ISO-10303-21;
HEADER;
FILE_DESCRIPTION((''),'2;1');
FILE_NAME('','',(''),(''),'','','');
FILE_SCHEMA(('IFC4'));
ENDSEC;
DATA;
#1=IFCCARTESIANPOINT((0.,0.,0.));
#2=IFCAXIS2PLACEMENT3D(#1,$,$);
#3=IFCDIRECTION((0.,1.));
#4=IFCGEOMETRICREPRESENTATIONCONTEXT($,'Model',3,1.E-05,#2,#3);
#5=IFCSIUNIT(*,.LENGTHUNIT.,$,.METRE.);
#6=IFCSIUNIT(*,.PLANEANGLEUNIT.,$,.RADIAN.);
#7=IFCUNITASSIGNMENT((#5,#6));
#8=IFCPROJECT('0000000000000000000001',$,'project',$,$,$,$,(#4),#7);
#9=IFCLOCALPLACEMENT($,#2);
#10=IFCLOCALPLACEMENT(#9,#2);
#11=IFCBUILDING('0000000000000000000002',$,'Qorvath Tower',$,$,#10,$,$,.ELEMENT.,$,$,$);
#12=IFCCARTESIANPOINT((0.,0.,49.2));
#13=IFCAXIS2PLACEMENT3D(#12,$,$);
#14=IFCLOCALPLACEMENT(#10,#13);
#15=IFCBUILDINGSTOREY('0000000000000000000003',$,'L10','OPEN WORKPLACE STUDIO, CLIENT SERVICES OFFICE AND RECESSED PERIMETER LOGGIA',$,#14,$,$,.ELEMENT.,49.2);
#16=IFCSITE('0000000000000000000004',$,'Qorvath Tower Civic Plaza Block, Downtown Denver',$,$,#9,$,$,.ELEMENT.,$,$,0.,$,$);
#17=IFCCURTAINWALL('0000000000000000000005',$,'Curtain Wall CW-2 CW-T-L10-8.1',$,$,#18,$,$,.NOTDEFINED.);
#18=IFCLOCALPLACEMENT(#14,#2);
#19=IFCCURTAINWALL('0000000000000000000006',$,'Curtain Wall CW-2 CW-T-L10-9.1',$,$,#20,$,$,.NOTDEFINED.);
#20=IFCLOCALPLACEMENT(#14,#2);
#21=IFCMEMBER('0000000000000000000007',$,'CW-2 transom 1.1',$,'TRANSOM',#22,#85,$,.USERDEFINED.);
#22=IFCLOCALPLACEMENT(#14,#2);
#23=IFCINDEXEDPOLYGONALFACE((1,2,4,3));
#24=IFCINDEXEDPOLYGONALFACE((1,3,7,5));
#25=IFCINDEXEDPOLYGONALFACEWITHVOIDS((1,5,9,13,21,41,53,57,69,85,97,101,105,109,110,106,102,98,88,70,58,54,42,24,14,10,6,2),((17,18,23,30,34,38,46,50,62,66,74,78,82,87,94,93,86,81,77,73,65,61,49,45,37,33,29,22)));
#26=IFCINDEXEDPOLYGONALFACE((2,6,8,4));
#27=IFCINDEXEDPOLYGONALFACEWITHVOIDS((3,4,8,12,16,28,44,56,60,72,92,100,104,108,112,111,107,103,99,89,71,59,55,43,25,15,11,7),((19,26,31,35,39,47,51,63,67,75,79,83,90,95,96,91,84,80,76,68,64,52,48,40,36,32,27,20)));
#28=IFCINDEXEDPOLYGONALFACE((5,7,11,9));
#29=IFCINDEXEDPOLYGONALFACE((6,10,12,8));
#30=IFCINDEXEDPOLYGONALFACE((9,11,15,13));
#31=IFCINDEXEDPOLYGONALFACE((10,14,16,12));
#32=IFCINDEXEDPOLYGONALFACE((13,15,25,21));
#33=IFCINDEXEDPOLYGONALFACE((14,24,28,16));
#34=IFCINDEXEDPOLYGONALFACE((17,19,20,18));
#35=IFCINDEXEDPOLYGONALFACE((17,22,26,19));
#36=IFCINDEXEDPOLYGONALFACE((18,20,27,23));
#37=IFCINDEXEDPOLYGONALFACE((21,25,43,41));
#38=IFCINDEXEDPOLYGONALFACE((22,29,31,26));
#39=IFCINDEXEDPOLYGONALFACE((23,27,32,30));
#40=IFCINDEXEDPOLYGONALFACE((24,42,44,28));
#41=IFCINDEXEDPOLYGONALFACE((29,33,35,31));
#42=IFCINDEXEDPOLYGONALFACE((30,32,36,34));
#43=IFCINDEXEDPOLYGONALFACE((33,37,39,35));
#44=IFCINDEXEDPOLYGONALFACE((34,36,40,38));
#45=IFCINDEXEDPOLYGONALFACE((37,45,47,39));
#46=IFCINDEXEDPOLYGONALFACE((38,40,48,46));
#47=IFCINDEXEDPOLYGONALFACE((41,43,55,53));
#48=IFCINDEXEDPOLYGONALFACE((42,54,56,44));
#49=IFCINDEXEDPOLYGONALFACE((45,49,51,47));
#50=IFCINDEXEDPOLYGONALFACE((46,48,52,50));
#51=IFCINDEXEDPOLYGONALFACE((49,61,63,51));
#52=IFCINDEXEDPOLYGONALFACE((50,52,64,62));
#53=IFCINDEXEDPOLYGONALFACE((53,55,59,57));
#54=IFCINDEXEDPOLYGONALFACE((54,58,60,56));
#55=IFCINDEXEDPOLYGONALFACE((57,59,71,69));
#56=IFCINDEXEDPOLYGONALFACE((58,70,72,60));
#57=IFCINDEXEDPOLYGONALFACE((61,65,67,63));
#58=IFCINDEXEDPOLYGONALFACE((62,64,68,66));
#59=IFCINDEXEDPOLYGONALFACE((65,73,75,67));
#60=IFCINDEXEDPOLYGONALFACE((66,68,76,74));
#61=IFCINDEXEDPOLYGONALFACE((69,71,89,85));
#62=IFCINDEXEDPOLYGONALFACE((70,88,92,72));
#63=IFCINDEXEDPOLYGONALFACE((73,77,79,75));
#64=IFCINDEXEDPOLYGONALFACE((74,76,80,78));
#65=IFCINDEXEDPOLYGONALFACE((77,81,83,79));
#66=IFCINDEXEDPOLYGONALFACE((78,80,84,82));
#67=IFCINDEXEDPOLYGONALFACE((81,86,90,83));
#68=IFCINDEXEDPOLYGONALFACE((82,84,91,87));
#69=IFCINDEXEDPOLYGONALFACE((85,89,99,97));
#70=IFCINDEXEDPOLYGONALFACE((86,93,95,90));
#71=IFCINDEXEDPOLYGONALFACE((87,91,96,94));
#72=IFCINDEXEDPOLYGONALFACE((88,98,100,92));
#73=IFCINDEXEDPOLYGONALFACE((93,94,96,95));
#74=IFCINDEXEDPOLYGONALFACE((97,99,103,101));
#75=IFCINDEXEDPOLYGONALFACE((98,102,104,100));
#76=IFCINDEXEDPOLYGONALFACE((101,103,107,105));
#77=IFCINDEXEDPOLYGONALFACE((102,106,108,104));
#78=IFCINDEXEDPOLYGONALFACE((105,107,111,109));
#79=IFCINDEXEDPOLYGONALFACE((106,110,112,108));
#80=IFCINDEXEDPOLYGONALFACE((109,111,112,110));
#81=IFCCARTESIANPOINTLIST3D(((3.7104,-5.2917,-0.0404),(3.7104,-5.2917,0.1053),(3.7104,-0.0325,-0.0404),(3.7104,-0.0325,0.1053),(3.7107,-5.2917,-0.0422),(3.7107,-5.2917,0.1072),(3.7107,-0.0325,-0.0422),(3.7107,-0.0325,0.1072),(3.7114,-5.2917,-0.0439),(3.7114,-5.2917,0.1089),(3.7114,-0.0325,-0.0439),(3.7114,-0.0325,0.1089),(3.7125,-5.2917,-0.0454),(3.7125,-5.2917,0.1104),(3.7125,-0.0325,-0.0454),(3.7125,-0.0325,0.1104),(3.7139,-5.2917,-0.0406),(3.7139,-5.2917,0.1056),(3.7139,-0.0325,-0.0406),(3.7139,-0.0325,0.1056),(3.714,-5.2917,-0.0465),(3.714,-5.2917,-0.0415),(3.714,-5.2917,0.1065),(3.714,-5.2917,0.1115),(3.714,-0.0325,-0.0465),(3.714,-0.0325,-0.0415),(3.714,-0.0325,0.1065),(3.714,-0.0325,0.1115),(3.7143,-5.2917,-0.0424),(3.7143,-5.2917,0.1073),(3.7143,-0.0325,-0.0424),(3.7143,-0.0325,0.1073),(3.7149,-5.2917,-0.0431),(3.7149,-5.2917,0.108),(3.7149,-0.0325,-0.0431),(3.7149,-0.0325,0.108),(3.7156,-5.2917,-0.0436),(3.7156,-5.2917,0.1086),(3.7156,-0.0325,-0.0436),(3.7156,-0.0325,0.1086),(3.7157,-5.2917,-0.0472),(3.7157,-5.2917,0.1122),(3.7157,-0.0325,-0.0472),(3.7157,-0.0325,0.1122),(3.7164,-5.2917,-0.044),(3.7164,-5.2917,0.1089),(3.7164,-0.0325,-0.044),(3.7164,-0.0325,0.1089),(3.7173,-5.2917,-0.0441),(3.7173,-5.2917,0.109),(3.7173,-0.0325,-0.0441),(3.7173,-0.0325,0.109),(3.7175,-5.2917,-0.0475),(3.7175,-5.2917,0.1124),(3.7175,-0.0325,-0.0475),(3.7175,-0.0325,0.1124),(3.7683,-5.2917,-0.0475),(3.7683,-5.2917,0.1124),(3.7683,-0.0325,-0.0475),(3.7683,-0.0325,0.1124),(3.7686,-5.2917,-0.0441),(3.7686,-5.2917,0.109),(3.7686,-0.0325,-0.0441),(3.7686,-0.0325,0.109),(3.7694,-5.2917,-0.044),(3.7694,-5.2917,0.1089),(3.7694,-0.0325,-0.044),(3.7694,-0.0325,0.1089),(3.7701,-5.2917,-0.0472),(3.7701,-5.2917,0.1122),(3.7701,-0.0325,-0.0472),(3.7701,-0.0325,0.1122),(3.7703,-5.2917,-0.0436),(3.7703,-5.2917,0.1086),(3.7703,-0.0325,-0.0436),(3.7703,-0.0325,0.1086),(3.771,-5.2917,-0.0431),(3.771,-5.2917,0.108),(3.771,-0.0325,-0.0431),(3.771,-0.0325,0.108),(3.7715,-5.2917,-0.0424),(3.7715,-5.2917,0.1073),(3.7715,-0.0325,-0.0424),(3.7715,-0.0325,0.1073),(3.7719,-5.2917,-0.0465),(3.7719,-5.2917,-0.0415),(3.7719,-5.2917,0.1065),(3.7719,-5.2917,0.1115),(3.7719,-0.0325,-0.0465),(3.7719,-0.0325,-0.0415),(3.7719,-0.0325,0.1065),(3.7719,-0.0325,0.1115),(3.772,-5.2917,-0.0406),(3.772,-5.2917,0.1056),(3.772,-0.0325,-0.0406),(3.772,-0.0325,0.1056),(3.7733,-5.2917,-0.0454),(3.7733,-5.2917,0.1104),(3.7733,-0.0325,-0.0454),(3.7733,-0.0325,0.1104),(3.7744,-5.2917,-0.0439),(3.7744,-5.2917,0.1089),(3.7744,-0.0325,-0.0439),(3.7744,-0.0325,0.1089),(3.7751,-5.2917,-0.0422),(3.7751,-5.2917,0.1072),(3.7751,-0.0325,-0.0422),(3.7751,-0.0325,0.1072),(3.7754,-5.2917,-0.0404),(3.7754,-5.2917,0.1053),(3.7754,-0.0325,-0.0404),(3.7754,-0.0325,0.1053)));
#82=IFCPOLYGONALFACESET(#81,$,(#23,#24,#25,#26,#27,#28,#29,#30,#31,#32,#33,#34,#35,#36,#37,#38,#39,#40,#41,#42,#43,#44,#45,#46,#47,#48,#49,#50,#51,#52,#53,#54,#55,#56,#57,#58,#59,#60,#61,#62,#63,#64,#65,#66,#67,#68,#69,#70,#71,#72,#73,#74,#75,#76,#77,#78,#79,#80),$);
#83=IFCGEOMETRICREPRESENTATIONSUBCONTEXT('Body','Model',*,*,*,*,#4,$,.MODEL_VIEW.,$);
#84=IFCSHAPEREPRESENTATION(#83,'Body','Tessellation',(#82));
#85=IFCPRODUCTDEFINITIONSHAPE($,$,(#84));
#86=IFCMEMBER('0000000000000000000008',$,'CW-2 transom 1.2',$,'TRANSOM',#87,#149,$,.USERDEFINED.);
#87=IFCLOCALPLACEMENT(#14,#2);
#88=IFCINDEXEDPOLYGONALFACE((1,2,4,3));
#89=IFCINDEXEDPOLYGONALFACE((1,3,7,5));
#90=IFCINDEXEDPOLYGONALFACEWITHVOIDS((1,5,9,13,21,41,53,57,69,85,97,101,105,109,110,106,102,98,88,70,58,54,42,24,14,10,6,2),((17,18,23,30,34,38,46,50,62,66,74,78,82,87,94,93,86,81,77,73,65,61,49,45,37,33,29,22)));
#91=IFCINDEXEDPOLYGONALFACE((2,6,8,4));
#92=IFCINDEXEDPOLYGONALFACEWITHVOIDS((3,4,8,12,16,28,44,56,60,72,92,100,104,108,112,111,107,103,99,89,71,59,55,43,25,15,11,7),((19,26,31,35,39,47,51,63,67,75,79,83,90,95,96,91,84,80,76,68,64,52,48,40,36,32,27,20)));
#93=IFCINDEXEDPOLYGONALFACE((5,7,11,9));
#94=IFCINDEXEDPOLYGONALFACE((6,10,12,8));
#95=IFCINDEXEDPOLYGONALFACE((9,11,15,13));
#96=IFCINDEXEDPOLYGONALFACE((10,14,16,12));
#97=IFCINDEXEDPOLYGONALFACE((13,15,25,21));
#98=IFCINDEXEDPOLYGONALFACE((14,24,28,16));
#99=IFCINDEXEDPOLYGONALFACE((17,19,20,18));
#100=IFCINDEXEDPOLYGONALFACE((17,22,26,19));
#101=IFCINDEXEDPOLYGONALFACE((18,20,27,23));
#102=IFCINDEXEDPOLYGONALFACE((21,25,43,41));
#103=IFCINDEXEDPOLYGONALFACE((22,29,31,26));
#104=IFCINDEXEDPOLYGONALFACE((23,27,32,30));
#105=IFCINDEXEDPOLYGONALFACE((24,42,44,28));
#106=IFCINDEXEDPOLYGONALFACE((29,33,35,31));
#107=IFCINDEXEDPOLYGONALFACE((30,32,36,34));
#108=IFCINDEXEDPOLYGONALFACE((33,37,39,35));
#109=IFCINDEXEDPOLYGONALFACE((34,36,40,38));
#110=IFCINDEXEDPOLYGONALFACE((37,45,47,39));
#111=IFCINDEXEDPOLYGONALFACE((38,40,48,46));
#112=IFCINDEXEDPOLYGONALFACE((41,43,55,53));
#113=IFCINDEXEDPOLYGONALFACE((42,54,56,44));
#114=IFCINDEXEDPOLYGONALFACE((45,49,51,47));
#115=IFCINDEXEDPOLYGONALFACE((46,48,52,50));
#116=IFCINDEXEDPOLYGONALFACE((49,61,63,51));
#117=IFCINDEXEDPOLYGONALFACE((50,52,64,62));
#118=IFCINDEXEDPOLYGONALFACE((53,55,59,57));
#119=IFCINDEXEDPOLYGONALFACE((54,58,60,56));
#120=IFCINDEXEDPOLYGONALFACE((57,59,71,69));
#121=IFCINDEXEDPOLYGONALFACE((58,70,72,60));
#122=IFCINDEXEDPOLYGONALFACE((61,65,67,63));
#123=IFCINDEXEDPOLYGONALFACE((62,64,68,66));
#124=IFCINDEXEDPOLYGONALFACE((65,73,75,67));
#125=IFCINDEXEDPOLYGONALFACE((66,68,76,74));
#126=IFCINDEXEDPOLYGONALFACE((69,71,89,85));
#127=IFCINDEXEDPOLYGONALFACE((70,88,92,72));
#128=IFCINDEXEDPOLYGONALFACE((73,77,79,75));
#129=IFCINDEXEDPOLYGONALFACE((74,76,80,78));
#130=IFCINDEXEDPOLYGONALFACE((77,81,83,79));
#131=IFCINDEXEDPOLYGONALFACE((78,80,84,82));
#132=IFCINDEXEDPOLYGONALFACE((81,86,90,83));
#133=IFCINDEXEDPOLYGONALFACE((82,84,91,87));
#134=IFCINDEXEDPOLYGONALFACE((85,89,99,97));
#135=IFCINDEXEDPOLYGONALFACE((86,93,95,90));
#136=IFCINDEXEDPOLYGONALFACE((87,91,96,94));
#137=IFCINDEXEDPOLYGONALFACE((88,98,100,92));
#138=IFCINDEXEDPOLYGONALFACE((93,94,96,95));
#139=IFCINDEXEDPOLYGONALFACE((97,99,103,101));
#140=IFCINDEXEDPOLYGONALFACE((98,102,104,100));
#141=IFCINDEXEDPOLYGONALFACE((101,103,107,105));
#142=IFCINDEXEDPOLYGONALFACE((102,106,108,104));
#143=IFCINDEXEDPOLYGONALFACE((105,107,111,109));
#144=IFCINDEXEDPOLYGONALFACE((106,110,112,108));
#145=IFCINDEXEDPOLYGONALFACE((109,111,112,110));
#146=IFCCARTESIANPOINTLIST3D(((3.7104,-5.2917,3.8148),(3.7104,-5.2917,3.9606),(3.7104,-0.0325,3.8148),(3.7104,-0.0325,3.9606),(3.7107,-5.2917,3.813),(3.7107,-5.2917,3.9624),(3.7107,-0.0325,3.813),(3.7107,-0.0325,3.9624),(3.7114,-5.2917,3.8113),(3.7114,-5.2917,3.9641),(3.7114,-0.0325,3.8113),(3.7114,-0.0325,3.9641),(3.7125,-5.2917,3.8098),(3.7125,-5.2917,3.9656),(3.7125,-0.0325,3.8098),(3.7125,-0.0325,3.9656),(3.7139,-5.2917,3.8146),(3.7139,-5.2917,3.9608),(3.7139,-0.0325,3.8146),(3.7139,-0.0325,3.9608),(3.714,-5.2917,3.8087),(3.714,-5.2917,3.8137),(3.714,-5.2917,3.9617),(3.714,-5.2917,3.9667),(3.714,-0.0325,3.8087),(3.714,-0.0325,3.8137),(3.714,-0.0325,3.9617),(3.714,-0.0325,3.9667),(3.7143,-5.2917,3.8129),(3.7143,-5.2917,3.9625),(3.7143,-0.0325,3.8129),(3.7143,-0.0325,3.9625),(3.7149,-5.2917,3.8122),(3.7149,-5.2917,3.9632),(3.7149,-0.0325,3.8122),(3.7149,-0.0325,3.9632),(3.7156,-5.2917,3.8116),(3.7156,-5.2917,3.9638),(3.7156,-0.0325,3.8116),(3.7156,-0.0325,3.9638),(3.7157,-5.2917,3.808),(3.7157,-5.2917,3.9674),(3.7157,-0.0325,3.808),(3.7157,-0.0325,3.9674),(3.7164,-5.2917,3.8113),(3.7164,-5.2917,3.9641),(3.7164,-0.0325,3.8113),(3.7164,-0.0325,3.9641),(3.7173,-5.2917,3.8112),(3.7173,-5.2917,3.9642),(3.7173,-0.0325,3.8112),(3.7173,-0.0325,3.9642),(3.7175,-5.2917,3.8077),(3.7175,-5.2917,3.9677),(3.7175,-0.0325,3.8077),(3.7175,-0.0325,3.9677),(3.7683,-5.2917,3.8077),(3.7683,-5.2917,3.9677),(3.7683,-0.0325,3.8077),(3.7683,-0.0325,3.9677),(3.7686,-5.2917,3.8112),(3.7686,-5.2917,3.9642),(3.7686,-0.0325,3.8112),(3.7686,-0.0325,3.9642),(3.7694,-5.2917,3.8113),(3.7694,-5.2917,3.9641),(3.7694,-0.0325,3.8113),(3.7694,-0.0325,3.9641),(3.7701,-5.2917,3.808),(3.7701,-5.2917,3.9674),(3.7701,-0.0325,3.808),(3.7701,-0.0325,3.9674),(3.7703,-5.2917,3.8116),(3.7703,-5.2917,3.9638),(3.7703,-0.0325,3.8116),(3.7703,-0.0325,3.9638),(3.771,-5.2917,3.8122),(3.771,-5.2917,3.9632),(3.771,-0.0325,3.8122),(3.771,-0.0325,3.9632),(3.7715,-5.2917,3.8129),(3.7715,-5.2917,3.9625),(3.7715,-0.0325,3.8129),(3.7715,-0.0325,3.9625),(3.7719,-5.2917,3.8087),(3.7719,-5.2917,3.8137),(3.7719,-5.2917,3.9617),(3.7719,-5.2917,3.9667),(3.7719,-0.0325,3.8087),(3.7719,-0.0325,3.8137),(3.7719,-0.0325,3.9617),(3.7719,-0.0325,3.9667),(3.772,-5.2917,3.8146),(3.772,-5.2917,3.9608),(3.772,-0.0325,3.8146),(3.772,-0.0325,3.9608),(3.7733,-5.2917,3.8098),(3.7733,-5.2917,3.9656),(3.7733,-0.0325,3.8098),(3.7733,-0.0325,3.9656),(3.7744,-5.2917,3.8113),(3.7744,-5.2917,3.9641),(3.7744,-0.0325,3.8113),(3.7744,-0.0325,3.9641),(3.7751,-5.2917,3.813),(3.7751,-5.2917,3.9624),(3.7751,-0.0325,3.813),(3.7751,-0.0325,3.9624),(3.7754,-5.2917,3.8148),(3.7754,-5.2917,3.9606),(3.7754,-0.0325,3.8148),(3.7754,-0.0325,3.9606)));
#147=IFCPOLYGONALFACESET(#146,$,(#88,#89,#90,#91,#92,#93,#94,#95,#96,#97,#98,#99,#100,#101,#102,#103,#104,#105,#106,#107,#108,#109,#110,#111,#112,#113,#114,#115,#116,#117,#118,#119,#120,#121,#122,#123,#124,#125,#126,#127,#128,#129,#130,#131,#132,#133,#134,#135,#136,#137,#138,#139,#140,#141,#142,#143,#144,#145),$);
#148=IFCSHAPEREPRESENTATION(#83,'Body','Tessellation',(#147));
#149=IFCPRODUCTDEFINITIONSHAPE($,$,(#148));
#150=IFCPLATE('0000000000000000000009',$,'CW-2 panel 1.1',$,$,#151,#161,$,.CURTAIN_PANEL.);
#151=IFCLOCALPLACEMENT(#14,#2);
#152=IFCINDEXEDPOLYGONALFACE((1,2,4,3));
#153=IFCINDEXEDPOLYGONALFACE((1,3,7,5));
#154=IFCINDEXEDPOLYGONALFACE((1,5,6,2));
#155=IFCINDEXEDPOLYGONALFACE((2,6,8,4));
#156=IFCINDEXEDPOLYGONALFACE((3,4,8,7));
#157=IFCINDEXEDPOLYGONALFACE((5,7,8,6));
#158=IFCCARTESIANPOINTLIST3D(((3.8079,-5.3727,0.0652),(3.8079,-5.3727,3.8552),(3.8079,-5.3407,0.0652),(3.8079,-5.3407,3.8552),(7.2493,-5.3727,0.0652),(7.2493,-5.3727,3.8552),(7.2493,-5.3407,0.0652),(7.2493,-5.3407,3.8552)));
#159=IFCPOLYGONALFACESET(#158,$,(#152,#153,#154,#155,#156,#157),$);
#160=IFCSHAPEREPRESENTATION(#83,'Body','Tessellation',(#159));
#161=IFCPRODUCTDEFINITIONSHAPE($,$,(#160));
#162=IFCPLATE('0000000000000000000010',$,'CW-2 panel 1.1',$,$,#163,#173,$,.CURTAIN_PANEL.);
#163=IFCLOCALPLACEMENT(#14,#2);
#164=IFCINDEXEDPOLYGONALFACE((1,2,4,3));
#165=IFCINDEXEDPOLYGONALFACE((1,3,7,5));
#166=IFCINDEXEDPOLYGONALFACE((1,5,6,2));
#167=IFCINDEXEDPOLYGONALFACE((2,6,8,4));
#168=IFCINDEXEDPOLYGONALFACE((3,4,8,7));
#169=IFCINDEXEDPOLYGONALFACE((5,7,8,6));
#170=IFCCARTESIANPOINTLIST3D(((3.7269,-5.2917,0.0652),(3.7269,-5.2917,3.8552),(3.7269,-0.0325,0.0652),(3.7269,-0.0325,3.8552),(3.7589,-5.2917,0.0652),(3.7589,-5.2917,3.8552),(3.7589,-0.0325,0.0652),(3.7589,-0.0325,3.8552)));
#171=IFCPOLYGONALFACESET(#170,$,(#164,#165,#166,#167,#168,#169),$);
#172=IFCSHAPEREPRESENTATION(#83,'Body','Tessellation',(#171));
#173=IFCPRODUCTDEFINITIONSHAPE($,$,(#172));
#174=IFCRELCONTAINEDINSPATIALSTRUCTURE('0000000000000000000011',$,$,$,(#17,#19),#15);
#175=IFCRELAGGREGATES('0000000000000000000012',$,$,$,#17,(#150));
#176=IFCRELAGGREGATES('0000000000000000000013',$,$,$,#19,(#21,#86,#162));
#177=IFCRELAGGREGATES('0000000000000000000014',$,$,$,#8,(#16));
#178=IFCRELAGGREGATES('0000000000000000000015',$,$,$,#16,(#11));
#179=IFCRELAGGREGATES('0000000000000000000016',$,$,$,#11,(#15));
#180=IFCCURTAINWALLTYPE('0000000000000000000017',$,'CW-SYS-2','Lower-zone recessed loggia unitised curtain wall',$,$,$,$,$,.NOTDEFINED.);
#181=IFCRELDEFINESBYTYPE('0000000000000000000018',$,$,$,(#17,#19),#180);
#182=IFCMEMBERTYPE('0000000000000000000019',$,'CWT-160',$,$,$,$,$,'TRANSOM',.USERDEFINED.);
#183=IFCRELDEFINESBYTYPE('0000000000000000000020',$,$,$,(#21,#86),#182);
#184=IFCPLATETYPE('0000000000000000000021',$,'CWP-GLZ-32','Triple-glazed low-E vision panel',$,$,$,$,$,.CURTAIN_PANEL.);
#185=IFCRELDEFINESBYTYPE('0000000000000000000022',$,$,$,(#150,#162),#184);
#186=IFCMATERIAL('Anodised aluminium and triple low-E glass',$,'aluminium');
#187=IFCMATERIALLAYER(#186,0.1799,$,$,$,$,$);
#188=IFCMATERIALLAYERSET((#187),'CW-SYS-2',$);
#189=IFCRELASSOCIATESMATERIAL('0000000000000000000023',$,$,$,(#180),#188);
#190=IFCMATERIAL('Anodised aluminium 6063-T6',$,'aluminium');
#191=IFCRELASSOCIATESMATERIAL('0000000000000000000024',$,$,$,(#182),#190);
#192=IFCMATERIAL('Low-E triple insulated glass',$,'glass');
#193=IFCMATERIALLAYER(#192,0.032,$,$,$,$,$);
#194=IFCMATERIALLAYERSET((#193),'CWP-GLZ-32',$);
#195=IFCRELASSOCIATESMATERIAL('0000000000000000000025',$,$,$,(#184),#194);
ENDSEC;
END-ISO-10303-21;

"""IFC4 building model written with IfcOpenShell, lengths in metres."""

from ifc_helpers import new_model, si_unit, direction, frame, origin, origin_2d, place, context, subcontext, project, spatial, rectangle, hollow_rectangle, extrude, material, layer, layer_set, material_profile, profile_set, type_object, element, aggregate, save


model = new_model("IFC4")

# Units and contexts
model_context = context("Model", 3, precision=1e-05, world=origin(), true_north=direction((0.0, 1.0)))
body_context = subcontext(model_context, "Body", "Model", "MODEL_VIEW")
ifc_project = project(units=[si_unit("LENGTHUNIT", "METRE"), si_unit("PLANEANGLEUNIT", "RADIAN")], contexts=[model_context])

# Site, building, storey
site_placement = place(None, origin())
site = spatial("IfcSite", under=ifc_project, at=site_placement, Name="Qorvath Tower Civic Plaza Block, Downtown Denver", CompositionType="ELEMENT", RefElevation=0.0)
building_placement = place(site_placement, origin())
building = spatial("IfcBuilding", under=site, at=building_placement, Name="Qorvath Tower", CompositionType="ELEMENT")
storey_placement = place(building_placement, frame((0.0, 0.0, 49.2)))
storey = spatial("IfcBuildingStorey", under=building, at=storey_placement, Name="L10", Description="OPEN WORKPLACE STUDIO, CLIENT SERVICES OFFICE AND RECESSED PERIMETER LOGGIA", CompositionType="ELEMENT", Elevation=49.2)

# Shared definitions
ifc_material_1 = material(Name="Anodised aluminium and triple low-E glass", Category="aluminium")
ifc_layer_1 = layer(ifc_material_1, 0.1799)
ifc_layer_set_1 = layer_set([ifc_layer_1], Name="CW-SYS-2")
curtain_wall_type = type_object("IfcCurtainWallType", Name="CW-SYS-2", Description="Lower-zone recessed loggia unitised curtain wall", PredefinedType="NOTDEFINED", material=ifc_layer_set_1)

# Curtain wall
curtain_wall_1_placement = place(storey_placement, origin())
curtain_wall_1 = element("IfcCurtainWall", 1, at=curtain_wall_1_placement, inside=storey, type_object=curtain_wall_type, Name="Curtain Wall CW-2 CW-T-L10-8.1", PredefinedType="NOTDEFINED")

# Curtain wall
curtain_wall_2_placement = place(storey_placement, origin())
curtain_wall_2 = element("IfcCurtainWall", 2, at=curtain_wall_2_placement, inside=storey, type_object=curtain_wall_type, Name="Curtain Wall CW-2 CW-T-L10-9.1", PredefinedType="NOTDEFINED")

# Members
ifc_material_2 = material(Name="Anodised aluminium 6063-T6", Category="aluminium")
ifc_material_profile_1 = material_profile(ifc_material_2, hollow_rectangle(XDim=0.0649, YDim=0.1599, WallThickness=0.0034, InnerFilletRadius=0.0034, OuterFilletRadius=0.0071, at=origin_2d()), Name="CWT 160x65")
ifc_profile_set_1 = profile_set([ifc_material_profile_1], Name="Anodised aluminium 6063-T6")
member_type_1 = type_object("IfcMemberType", Name="CWT-160", ElementType="TRANSOM", PredefinedType="USERDEFINED", material=ifc_profile_set_1)
member_1_placement = place(storey_placement, frame((3.7429, -5.2917, 0.0325), z_axis=(0.0, 1.0, 0.0), x_axis=(-1.0, 0.0, 0.0)))
member_1 = element("IfcMember", 3, at=member_1_placement, type_object=member_type_1, Name="CW-2 transom 1.1", ObjectType="TRANSOM", PredefinedType="USERDEFINED", context=body_context, shape_type="SweptSolid", body=[
    extrude(hollow_rectangle(XDim=0.0649, YDim=0.1599, WallThickness=0.0034, InnerFilletRadius=0.0034, OuterFilletRadius=0.0071, at=origin_2d()), origin(), (0.0, 0.0, 1.0), 5.2593),
])
member_2_placement = place(storey_placement, frame((3.7429, -5.2917, 3.8877), z_axis=(0.0, 1.0, 0.0), x_axis=(-1.0, 0.0, 0.0)))
member_2 = element("IfcMember", 4, at=member_2_placement, type_object=member_type_1, Name="CW-2 transom 1.2", ObjectType="TRANSOM", PredefinedType="USERDEFINED", context=body_context, shape_type="SweptSolid", body=[
    extrude(hollow_rectangle(XDim=0.0649, YDim=0.1599, WallThickness=0.0034, InnerFilletRadius=0.0034, OuterFilletRadius=0.0071, at=origin_2d()), origin(), (0.0, 0.0, 1.0), 5.2593),
])

# Plates
ifc_material_3 = material(Name="Low-E triple insulated glass", Category="glass")
ifc_layer_2 = layer(ifc_material_3, 0.032)
ifc_layer_set_2 = layer_set([ifc_layer_2], Name="CWP-GLZ-32")
plate_type = type_object("IfcPlateType", Name="CWP-GLZ-32", Description="Triple-glazed low-E vision panel", PredefinedType="CURTAIN_PANEL", material=ifc_layer_set_2)
plate_1_placement = place(storey_placement, frame((5.5286, -5.3567, 0.0652), z_axis=(0.0, 0.0, 1.0), x_axis=(-1.0, 0.0, 0.0)))
plate_1 = element("IfcPlate", 5, at=plate_1_placement, type_object=plate_type, Name="CW-2 panel 1.1", PredefinedType="CURTAIN_PANEL", context=body_context, shape_type="SweptSolid", body=[
    extrude(rectangle(XDim=3.4414, YDim=0.032, at=origin_2d()), origin(), (0.0, 0.0, 1.0), 3.79),
])
aggregate(curtain_wall_1, [plate_1])
plate_2_placement = place(storey_placement, frame((3.7429, -2.6621, 0.0652), z_axis=(0.0, 0.0, 1.0), x_axis=(0.0, 1.0, 0.0)))
plate_2 = element("IfcPlate", 6, at=plate_2_placement, type_object=plate_type, Name="CW-2 panel 1.1", PredefinedType="CURTAIN_PANEL", context=body_context, shape_type="SweptSolid", body=[
    extrude(rectangle(XDim=5.2593, YDim=0.032, at=origin_2d()), origin(), (0.0, 0.0, 1.0), 3.79),
])
aggregate(curtain_wall_2, [member_1, member_2, plate_2])

save(model, "model.ifc")
